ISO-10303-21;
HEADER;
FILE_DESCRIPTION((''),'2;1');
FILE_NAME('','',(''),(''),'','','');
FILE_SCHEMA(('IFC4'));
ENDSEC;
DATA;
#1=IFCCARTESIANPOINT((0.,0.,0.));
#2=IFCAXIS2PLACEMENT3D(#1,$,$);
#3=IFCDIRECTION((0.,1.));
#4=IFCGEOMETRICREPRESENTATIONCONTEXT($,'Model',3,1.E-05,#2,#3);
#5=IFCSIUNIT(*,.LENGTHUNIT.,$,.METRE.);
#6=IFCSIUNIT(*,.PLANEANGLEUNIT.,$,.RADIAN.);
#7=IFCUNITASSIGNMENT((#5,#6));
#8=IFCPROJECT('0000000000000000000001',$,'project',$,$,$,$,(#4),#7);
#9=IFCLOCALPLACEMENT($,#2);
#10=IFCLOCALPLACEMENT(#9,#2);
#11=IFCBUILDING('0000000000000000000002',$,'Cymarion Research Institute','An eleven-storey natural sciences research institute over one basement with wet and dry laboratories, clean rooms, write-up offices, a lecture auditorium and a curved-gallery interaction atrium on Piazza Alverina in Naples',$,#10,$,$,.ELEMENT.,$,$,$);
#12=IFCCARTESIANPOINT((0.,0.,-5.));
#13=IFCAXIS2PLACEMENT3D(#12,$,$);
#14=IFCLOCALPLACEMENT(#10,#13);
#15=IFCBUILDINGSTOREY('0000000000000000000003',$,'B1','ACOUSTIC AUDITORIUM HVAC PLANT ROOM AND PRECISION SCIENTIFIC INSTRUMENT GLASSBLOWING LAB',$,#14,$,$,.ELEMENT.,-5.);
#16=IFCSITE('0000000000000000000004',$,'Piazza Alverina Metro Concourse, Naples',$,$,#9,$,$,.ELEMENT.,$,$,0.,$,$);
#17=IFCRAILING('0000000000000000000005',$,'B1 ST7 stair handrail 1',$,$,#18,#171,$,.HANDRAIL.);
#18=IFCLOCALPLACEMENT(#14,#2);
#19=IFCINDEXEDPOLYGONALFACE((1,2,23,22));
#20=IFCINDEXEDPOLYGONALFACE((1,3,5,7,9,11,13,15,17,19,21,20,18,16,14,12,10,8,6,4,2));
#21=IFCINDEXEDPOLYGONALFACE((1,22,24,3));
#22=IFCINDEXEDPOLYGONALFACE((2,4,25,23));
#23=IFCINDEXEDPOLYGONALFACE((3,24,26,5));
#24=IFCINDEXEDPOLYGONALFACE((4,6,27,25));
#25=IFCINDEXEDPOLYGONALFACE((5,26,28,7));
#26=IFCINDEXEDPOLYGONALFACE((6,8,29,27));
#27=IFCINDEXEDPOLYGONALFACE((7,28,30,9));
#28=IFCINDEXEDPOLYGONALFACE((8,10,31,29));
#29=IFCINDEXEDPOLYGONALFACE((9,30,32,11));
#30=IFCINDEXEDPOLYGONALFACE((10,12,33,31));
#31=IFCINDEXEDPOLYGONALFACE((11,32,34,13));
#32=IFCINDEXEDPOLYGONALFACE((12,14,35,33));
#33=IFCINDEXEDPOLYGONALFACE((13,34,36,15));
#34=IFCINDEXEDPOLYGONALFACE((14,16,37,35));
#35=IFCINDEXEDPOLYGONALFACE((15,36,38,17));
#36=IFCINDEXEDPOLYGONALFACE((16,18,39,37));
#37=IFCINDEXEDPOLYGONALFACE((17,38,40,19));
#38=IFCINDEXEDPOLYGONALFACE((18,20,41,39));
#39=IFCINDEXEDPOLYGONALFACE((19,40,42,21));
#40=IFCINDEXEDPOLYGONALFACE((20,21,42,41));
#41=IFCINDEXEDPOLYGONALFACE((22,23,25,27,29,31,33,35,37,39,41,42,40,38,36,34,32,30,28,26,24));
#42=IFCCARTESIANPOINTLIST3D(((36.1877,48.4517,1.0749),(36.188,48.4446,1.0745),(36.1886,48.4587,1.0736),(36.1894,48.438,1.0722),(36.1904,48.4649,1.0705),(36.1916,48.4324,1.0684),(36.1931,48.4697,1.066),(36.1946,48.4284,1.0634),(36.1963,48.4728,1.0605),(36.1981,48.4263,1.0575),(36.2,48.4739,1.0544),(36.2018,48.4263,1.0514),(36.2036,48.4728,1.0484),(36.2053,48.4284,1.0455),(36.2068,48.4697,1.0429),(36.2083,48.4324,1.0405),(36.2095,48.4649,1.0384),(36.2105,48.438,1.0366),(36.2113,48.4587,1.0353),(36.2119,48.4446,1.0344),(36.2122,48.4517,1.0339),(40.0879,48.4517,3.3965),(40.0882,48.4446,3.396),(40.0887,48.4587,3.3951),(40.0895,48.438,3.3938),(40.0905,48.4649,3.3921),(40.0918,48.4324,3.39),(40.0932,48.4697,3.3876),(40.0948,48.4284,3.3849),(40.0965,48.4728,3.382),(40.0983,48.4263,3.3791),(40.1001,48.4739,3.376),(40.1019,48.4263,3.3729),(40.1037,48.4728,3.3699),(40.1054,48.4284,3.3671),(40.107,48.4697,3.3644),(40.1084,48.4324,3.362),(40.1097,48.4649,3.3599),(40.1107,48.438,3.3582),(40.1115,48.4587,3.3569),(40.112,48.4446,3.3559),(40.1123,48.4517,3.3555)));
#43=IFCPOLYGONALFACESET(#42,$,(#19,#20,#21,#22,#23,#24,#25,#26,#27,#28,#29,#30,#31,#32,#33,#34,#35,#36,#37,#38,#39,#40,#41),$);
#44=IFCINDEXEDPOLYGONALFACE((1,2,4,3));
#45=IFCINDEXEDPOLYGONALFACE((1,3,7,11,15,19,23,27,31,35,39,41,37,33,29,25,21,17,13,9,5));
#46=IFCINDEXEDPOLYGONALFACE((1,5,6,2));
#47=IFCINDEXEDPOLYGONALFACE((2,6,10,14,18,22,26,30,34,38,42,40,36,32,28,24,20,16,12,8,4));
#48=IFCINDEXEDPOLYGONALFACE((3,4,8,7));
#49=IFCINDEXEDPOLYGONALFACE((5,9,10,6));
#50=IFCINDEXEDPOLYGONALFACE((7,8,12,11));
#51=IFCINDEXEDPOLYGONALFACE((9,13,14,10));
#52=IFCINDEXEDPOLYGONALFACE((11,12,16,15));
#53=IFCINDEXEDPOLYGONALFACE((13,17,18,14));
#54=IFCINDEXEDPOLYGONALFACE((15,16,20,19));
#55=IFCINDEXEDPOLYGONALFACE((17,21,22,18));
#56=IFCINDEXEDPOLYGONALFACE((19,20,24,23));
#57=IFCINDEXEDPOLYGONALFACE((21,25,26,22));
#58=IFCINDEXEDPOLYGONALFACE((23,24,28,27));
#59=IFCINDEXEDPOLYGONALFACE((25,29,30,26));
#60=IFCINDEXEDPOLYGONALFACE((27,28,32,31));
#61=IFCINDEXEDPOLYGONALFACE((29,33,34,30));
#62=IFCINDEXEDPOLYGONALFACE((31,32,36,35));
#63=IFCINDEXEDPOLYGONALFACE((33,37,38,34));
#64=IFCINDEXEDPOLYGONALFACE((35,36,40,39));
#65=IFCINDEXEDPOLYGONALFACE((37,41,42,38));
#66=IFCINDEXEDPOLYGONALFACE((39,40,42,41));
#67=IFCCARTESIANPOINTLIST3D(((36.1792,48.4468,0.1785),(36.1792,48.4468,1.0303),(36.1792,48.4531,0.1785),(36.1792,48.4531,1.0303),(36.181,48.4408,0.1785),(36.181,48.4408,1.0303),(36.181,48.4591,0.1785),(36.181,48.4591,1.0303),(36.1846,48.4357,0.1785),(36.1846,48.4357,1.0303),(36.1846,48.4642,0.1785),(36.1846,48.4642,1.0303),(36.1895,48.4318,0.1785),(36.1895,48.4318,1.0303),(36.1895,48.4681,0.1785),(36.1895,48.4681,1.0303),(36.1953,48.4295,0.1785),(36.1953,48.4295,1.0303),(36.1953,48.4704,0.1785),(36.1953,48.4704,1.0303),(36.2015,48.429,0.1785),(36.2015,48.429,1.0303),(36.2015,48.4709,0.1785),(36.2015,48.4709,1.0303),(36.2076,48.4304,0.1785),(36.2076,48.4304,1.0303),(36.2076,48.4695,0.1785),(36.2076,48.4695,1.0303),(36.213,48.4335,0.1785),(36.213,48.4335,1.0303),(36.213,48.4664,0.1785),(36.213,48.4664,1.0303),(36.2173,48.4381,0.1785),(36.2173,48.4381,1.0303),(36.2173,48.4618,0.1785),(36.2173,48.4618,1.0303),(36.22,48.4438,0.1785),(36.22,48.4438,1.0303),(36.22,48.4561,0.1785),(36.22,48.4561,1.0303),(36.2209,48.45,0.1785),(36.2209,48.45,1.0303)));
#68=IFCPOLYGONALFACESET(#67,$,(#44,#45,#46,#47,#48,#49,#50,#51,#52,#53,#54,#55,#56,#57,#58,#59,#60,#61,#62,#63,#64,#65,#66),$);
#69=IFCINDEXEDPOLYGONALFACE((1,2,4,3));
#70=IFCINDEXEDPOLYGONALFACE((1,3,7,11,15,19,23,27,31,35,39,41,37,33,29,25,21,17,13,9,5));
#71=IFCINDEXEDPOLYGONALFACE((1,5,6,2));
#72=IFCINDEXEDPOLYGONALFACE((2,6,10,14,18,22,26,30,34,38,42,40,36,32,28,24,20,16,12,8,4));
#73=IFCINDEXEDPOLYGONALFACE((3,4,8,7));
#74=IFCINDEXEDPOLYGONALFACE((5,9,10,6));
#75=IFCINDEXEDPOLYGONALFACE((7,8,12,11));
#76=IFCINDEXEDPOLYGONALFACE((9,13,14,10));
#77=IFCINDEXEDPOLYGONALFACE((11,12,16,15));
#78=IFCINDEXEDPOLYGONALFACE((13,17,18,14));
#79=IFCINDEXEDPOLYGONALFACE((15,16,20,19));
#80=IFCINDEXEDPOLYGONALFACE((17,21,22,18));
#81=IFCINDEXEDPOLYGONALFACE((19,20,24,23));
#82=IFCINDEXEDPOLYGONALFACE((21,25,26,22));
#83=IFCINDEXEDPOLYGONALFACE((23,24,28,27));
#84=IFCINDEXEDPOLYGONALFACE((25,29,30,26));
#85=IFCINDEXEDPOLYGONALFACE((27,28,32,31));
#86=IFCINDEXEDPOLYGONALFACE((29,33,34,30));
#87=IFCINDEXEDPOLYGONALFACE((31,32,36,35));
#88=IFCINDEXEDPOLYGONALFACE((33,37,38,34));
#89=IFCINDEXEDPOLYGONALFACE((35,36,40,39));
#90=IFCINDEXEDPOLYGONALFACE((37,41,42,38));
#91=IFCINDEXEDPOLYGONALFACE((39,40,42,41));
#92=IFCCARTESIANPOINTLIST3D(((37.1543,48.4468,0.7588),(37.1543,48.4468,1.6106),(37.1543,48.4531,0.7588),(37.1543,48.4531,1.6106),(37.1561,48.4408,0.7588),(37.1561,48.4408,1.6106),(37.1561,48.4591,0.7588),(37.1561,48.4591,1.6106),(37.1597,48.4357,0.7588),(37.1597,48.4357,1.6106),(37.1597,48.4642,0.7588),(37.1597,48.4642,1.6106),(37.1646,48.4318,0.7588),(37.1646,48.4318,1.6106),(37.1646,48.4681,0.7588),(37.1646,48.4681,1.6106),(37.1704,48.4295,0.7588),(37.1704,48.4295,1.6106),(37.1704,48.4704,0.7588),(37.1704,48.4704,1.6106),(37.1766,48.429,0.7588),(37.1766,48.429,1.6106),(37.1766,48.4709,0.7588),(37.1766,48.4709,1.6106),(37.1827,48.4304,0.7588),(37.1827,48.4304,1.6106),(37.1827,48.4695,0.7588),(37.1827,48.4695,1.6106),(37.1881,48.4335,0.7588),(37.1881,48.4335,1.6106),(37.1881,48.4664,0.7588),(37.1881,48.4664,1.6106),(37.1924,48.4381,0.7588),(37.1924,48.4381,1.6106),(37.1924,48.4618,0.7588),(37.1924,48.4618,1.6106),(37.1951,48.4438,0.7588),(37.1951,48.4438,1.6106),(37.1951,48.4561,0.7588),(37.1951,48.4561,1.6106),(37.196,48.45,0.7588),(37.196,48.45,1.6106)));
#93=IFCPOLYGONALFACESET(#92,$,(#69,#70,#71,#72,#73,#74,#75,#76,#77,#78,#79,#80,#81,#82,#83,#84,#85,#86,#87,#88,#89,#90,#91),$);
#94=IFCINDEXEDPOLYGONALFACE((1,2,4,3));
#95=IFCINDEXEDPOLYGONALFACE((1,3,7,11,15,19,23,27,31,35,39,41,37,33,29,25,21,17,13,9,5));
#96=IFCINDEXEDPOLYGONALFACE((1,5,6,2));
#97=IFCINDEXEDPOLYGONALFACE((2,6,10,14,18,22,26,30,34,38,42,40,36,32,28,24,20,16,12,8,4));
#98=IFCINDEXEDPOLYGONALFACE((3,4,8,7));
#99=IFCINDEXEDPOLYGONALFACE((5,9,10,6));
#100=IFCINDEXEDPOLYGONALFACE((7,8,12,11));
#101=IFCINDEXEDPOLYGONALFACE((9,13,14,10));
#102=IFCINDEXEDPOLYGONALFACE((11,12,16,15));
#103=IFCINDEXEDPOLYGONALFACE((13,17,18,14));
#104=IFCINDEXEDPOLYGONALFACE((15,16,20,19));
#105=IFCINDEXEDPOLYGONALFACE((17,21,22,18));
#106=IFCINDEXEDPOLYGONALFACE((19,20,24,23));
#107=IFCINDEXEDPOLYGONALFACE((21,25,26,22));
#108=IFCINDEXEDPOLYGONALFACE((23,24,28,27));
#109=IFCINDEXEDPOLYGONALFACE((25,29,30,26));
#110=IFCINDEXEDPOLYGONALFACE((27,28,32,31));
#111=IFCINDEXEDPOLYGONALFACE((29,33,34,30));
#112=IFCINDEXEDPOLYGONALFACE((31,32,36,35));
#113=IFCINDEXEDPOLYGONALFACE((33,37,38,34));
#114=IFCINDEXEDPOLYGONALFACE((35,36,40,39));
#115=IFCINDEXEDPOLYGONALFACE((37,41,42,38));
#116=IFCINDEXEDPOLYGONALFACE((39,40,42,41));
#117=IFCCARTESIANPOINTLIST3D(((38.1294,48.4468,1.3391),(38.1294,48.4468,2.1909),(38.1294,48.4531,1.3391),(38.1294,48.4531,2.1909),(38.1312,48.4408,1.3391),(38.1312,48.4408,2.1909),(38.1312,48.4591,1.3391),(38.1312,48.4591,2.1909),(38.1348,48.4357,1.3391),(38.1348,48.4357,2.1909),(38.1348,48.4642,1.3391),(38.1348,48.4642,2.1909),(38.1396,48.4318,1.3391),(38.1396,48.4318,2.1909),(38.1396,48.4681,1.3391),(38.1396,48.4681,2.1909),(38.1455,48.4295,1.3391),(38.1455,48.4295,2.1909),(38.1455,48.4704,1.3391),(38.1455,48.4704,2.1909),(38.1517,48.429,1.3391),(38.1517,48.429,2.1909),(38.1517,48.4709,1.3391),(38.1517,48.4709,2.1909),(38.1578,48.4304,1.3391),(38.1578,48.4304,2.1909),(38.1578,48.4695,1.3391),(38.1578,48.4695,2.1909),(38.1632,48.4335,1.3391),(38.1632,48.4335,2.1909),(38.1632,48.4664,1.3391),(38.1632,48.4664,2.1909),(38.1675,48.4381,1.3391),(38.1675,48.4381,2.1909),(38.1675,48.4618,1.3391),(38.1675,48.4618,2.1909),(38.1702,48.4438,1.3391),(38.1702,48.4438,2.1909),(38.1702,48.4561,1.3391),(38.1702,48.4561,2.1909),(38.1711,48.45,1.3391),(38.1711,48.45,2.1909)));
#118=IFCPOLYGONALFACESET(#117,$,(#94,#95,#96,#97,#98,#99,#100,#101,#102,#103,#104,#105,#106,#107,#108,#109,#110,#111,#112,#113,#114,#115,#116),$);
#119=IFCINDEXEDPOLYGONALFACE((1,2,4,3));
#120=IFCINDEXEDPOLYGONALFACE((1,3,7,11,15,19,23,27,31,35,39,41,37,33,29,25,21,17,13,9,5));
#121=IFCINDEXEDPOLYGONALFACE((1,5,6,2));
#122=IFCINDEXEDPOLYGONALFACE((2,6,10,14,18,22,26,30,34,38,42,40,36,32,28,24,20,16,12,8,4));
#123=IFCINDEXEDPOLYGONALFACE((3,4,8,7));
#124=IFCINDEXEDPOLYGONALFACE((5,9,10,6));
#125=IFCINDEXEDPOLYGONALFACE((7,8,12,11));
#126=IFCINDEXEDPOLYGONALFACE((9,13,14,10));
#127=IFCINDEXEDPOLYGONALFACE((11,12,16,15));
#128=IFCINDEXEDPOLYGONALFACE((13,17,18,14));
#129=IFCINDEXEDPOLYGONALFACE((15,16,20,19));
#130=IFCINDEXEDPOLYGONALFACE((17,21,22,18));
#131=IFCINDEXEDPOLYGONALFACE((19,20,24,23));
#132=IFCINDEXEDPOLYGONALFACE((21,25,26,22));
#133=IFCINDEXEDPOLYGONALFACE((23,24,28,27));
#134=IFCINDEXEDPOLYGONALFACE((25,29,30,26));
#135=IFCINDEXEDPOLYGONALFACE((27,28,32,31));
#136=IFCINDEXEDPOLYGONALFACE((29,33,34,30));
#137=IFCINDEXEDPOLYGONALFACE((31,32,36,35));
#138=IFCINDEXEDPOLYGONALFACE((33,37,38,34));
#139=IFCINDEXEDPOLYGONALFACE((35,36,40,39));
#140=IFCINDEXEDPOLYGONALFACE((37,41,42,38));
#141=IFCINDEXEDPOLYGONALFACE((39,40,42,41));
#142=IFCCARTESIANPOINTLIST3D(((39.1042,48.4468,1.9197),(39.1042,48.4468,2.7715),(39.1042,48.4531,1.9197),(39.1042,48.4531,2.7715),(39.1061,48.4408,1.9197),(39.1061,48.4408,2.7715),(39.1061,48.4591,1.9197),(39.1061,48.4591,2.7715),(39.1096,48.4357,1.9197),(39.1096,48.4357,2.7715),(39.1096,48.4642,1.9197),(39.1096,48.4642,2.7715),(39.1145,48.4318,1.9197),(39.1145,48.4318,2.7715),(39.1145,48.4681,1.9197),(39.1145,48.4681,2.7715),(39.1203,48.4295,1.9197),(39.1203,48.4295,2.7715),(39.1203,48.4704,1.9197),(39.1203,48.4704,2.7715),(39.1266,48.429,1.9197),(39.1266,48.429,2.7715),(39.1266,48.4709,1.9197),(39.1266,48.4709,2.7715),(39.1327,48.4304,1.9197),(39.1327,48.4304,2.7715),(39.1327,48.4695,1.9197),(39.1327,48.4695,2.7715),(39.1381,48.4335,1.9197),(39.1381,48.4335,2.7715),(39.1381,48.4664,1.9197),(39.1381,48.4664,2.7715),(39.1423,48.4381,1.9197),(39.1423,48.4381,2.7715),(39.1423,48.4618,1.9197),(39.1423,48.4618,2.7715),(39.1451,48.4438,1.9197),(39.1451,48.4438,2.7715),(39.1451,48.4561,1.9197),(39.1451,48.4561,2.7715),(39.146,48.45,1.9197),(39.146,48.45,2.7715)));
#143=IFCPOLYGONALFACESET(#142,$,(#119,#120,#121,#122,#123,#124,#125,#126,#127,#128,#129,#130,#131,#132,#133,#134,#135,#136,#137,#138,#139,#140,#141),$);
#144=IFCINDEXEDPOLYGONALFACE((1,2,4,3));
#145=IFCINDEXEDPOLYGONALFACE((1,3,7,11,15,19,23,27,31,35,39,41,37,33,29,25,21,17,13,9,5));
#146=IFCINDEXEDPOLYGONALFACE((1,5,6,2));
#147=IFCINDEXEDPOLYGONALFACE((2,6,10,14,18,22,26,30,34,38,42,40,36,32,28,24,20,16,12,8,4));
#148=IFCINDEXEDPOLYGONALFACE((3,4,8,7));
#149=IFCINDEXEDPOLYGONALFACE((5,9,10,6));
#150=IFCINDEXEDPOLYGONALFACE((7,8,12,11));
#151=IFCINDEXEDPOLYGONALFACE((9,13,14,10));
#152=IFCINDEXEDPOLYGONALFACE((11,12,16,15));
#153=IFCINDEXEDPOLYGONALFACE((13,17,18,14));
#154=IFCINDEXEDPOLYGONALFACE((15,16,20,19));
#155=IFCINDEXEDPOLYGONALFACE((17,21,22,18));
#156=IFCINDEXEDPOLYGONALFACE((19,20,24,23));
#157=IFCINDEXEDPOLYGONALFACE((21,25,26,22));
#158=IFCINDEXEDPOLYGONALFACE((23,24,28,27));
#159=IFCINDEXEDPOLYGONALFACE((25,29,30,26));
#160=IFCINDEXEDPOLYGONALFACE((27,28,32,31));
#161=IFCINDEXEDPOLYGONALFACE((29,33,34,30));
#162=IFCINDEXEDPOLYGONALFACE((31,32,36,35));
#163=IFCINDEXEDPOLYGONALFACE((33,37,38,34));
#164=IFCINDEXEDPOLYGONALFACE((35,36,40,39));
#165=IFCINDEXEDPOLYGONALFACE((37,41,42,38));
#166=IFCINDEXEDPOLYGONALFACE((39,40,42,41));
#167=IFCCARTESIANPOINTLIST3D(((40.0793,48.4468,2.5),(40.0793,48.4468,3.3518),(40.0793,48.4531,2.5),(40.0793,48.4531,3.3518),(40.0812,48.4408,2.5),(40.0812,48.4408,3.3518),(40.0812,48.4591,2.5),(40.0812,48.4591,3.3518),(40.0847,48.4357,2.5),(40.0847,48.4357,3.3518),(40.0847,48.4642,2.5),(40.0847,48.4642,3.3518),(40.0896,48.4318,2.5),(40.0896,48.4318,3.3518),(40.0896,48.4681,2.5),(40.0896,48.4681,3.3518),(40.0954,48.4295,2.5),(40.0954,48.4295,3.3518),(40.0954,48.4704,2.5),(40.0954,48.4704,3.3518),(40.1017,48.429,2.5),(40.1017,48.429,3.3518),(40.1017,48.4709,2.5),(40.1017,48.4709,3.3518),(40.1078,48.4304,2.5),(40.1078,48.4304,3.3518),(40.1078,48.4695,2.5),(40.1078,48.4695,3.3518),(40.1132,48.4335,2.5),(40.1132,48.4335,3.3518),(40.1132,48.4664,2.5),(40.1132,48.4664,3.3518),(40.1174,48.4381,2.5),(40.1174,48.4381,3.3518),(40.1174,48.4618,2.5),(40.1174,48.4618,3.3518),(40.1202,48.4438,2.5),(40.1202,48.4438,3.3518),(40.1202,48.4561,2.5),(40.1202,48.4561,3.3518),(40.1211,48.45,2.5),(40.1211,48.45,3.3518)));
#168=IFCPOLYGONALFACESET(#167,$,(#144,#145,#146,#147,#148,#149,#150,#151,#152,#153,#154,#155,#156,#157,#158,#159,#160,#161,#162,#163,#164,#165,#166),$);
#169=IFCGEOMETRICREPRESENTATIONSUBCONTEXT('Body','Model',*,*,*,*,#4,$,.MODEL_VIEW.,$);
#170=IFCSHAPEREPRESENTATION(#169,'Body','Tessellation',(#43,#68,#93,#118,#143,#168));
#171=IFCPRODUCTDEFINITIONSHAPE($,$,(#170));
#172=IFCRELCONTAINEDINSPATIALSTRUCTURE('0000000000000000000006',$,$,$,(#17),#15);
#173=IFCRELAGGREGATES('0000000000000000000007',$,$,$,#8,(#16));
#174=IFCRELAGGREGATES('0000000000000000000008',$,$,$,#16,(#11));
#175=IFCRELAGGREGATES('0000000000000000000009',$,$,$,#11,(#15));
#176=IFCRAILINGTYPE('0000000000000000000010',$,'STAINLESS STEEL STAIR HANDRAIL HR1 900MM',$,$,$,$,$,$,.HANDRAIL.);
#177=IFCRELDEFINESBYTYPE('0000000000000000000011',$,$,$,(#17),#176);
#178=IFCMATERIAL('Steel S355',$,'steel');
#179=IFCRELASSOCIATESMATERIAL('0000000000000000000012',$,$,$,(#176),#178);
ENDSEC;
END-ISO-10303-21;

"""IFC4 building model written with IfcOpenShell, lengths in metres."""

from ifc_helpers import new_model, si_unit, direction, frame, origin, origin_2d, place, context, subcontext, project, spatial, circle, extrude, material, type_object, element, save


model = new_model("IFC4")

# Units and contexts
model_context = context("Model", 3, precision=1e-05, world=origin(), true_north=direction((0.0, 1.0)))
body_context = subcontext(model_context, "Body", "Model", "MODEL_VIEW")
ifc_project = project(units=[si_unit("LENGTHUNIT", "METRE"), si_unit("PLANEANGLEUNIT", "RADIAN")], contexts=[model_context])

# Site, building, storey
site_placement = place(None, origin())
site = spatial("IfcSite", under=ifc_project, at=site_placement, Name="Piazza Alverina Metro Concourse, Naples", CompositionType="ELEMENT", RefElevation=0.0)
building_placement = place(site_placement, origin())
building = spatial("IfcBuilding", under=site, at=building_placement, Name="Cymarion Research Institute", Description="An eleven-storey natural sciences research institute over one basement with wet and dry laboratories, clean rooms, write-up offices, a lecture auditorium and a curved-gallery interaction atrium on Piazza Alverina in Naples", CompositionType="ELEMENT")
storey_placement = place(building_placement, frame((0.0, 0.0, -5.0)))
storey = spatial("IfcBuildingStorey", under=building, at=storey_placement, Name="B1", Description="ACOUSTIC AUDITORIUM HVAC PLANT ROOM AND PRECISION SCIENTIFIC INSTRUMENT GLASSBLOWING LAB", CompositionType="ELEMENT", Elevation=-5.0)

# Railing
ifc_material_1 = material(Name="Steel S355", Category="steel")
railing_type_1 = type_object("IfcRailingType", Name="STAINLESS STEEL STAIR HANDRAIL HR1 900MM", PredefinedType="HANDRAIL", material=ifc_material_1)
railing_1_placement = place(storey_placement, frame((36.2, 48.45, 0.1785)))
element("IfcRailing", 1, at=railing_1_placement, inside=storey, type_object=railing_type_1, Name="B1 ST7 stair handrail 1", PredefinedType="HANDRAIL", context=body_context, shape_type="SweptSolid", body=[
    extrude(circle(Radius=0.0239, at=origin_2d()), frame((0.0, 0.0, 0.876), z_axis=(0.859291, 0.0, 0.511487), x_axis=(0.0, 1.0, 0.0)), (0.0, 0.0, 1.0), 4.5388),
    extrude(circle(Radius=0.021, at=origin_2d()), origin(), (0.0, 0.0, 1.0), 0.8518),
    extrude(circle(Radius=0.021, at=origin_2d()), frame((0.9751, 0.0, 0.5803)), (0.0, 0.0, 1.0), 0.8518),
    extrude(circle(Radius=0.021, at=origin_2d()), frame((1.9502, 0.0, 1.1606)), (0.0, 0.0, 1.0), 0.8518),
    extrude(circle(Radius=0.021, at=origin_2d()), frame((2.925, 0.0, 1.7412)), (0.0, 0.0, 1.0), 0.8518),
    extrude(circle(Radius=0.021, at=origin_2d()), frame((3.9001, 0.0, 2.3215)), (0.0, 0.0, 1.0), 0.8518),
])

save(model, "model.ifc")
